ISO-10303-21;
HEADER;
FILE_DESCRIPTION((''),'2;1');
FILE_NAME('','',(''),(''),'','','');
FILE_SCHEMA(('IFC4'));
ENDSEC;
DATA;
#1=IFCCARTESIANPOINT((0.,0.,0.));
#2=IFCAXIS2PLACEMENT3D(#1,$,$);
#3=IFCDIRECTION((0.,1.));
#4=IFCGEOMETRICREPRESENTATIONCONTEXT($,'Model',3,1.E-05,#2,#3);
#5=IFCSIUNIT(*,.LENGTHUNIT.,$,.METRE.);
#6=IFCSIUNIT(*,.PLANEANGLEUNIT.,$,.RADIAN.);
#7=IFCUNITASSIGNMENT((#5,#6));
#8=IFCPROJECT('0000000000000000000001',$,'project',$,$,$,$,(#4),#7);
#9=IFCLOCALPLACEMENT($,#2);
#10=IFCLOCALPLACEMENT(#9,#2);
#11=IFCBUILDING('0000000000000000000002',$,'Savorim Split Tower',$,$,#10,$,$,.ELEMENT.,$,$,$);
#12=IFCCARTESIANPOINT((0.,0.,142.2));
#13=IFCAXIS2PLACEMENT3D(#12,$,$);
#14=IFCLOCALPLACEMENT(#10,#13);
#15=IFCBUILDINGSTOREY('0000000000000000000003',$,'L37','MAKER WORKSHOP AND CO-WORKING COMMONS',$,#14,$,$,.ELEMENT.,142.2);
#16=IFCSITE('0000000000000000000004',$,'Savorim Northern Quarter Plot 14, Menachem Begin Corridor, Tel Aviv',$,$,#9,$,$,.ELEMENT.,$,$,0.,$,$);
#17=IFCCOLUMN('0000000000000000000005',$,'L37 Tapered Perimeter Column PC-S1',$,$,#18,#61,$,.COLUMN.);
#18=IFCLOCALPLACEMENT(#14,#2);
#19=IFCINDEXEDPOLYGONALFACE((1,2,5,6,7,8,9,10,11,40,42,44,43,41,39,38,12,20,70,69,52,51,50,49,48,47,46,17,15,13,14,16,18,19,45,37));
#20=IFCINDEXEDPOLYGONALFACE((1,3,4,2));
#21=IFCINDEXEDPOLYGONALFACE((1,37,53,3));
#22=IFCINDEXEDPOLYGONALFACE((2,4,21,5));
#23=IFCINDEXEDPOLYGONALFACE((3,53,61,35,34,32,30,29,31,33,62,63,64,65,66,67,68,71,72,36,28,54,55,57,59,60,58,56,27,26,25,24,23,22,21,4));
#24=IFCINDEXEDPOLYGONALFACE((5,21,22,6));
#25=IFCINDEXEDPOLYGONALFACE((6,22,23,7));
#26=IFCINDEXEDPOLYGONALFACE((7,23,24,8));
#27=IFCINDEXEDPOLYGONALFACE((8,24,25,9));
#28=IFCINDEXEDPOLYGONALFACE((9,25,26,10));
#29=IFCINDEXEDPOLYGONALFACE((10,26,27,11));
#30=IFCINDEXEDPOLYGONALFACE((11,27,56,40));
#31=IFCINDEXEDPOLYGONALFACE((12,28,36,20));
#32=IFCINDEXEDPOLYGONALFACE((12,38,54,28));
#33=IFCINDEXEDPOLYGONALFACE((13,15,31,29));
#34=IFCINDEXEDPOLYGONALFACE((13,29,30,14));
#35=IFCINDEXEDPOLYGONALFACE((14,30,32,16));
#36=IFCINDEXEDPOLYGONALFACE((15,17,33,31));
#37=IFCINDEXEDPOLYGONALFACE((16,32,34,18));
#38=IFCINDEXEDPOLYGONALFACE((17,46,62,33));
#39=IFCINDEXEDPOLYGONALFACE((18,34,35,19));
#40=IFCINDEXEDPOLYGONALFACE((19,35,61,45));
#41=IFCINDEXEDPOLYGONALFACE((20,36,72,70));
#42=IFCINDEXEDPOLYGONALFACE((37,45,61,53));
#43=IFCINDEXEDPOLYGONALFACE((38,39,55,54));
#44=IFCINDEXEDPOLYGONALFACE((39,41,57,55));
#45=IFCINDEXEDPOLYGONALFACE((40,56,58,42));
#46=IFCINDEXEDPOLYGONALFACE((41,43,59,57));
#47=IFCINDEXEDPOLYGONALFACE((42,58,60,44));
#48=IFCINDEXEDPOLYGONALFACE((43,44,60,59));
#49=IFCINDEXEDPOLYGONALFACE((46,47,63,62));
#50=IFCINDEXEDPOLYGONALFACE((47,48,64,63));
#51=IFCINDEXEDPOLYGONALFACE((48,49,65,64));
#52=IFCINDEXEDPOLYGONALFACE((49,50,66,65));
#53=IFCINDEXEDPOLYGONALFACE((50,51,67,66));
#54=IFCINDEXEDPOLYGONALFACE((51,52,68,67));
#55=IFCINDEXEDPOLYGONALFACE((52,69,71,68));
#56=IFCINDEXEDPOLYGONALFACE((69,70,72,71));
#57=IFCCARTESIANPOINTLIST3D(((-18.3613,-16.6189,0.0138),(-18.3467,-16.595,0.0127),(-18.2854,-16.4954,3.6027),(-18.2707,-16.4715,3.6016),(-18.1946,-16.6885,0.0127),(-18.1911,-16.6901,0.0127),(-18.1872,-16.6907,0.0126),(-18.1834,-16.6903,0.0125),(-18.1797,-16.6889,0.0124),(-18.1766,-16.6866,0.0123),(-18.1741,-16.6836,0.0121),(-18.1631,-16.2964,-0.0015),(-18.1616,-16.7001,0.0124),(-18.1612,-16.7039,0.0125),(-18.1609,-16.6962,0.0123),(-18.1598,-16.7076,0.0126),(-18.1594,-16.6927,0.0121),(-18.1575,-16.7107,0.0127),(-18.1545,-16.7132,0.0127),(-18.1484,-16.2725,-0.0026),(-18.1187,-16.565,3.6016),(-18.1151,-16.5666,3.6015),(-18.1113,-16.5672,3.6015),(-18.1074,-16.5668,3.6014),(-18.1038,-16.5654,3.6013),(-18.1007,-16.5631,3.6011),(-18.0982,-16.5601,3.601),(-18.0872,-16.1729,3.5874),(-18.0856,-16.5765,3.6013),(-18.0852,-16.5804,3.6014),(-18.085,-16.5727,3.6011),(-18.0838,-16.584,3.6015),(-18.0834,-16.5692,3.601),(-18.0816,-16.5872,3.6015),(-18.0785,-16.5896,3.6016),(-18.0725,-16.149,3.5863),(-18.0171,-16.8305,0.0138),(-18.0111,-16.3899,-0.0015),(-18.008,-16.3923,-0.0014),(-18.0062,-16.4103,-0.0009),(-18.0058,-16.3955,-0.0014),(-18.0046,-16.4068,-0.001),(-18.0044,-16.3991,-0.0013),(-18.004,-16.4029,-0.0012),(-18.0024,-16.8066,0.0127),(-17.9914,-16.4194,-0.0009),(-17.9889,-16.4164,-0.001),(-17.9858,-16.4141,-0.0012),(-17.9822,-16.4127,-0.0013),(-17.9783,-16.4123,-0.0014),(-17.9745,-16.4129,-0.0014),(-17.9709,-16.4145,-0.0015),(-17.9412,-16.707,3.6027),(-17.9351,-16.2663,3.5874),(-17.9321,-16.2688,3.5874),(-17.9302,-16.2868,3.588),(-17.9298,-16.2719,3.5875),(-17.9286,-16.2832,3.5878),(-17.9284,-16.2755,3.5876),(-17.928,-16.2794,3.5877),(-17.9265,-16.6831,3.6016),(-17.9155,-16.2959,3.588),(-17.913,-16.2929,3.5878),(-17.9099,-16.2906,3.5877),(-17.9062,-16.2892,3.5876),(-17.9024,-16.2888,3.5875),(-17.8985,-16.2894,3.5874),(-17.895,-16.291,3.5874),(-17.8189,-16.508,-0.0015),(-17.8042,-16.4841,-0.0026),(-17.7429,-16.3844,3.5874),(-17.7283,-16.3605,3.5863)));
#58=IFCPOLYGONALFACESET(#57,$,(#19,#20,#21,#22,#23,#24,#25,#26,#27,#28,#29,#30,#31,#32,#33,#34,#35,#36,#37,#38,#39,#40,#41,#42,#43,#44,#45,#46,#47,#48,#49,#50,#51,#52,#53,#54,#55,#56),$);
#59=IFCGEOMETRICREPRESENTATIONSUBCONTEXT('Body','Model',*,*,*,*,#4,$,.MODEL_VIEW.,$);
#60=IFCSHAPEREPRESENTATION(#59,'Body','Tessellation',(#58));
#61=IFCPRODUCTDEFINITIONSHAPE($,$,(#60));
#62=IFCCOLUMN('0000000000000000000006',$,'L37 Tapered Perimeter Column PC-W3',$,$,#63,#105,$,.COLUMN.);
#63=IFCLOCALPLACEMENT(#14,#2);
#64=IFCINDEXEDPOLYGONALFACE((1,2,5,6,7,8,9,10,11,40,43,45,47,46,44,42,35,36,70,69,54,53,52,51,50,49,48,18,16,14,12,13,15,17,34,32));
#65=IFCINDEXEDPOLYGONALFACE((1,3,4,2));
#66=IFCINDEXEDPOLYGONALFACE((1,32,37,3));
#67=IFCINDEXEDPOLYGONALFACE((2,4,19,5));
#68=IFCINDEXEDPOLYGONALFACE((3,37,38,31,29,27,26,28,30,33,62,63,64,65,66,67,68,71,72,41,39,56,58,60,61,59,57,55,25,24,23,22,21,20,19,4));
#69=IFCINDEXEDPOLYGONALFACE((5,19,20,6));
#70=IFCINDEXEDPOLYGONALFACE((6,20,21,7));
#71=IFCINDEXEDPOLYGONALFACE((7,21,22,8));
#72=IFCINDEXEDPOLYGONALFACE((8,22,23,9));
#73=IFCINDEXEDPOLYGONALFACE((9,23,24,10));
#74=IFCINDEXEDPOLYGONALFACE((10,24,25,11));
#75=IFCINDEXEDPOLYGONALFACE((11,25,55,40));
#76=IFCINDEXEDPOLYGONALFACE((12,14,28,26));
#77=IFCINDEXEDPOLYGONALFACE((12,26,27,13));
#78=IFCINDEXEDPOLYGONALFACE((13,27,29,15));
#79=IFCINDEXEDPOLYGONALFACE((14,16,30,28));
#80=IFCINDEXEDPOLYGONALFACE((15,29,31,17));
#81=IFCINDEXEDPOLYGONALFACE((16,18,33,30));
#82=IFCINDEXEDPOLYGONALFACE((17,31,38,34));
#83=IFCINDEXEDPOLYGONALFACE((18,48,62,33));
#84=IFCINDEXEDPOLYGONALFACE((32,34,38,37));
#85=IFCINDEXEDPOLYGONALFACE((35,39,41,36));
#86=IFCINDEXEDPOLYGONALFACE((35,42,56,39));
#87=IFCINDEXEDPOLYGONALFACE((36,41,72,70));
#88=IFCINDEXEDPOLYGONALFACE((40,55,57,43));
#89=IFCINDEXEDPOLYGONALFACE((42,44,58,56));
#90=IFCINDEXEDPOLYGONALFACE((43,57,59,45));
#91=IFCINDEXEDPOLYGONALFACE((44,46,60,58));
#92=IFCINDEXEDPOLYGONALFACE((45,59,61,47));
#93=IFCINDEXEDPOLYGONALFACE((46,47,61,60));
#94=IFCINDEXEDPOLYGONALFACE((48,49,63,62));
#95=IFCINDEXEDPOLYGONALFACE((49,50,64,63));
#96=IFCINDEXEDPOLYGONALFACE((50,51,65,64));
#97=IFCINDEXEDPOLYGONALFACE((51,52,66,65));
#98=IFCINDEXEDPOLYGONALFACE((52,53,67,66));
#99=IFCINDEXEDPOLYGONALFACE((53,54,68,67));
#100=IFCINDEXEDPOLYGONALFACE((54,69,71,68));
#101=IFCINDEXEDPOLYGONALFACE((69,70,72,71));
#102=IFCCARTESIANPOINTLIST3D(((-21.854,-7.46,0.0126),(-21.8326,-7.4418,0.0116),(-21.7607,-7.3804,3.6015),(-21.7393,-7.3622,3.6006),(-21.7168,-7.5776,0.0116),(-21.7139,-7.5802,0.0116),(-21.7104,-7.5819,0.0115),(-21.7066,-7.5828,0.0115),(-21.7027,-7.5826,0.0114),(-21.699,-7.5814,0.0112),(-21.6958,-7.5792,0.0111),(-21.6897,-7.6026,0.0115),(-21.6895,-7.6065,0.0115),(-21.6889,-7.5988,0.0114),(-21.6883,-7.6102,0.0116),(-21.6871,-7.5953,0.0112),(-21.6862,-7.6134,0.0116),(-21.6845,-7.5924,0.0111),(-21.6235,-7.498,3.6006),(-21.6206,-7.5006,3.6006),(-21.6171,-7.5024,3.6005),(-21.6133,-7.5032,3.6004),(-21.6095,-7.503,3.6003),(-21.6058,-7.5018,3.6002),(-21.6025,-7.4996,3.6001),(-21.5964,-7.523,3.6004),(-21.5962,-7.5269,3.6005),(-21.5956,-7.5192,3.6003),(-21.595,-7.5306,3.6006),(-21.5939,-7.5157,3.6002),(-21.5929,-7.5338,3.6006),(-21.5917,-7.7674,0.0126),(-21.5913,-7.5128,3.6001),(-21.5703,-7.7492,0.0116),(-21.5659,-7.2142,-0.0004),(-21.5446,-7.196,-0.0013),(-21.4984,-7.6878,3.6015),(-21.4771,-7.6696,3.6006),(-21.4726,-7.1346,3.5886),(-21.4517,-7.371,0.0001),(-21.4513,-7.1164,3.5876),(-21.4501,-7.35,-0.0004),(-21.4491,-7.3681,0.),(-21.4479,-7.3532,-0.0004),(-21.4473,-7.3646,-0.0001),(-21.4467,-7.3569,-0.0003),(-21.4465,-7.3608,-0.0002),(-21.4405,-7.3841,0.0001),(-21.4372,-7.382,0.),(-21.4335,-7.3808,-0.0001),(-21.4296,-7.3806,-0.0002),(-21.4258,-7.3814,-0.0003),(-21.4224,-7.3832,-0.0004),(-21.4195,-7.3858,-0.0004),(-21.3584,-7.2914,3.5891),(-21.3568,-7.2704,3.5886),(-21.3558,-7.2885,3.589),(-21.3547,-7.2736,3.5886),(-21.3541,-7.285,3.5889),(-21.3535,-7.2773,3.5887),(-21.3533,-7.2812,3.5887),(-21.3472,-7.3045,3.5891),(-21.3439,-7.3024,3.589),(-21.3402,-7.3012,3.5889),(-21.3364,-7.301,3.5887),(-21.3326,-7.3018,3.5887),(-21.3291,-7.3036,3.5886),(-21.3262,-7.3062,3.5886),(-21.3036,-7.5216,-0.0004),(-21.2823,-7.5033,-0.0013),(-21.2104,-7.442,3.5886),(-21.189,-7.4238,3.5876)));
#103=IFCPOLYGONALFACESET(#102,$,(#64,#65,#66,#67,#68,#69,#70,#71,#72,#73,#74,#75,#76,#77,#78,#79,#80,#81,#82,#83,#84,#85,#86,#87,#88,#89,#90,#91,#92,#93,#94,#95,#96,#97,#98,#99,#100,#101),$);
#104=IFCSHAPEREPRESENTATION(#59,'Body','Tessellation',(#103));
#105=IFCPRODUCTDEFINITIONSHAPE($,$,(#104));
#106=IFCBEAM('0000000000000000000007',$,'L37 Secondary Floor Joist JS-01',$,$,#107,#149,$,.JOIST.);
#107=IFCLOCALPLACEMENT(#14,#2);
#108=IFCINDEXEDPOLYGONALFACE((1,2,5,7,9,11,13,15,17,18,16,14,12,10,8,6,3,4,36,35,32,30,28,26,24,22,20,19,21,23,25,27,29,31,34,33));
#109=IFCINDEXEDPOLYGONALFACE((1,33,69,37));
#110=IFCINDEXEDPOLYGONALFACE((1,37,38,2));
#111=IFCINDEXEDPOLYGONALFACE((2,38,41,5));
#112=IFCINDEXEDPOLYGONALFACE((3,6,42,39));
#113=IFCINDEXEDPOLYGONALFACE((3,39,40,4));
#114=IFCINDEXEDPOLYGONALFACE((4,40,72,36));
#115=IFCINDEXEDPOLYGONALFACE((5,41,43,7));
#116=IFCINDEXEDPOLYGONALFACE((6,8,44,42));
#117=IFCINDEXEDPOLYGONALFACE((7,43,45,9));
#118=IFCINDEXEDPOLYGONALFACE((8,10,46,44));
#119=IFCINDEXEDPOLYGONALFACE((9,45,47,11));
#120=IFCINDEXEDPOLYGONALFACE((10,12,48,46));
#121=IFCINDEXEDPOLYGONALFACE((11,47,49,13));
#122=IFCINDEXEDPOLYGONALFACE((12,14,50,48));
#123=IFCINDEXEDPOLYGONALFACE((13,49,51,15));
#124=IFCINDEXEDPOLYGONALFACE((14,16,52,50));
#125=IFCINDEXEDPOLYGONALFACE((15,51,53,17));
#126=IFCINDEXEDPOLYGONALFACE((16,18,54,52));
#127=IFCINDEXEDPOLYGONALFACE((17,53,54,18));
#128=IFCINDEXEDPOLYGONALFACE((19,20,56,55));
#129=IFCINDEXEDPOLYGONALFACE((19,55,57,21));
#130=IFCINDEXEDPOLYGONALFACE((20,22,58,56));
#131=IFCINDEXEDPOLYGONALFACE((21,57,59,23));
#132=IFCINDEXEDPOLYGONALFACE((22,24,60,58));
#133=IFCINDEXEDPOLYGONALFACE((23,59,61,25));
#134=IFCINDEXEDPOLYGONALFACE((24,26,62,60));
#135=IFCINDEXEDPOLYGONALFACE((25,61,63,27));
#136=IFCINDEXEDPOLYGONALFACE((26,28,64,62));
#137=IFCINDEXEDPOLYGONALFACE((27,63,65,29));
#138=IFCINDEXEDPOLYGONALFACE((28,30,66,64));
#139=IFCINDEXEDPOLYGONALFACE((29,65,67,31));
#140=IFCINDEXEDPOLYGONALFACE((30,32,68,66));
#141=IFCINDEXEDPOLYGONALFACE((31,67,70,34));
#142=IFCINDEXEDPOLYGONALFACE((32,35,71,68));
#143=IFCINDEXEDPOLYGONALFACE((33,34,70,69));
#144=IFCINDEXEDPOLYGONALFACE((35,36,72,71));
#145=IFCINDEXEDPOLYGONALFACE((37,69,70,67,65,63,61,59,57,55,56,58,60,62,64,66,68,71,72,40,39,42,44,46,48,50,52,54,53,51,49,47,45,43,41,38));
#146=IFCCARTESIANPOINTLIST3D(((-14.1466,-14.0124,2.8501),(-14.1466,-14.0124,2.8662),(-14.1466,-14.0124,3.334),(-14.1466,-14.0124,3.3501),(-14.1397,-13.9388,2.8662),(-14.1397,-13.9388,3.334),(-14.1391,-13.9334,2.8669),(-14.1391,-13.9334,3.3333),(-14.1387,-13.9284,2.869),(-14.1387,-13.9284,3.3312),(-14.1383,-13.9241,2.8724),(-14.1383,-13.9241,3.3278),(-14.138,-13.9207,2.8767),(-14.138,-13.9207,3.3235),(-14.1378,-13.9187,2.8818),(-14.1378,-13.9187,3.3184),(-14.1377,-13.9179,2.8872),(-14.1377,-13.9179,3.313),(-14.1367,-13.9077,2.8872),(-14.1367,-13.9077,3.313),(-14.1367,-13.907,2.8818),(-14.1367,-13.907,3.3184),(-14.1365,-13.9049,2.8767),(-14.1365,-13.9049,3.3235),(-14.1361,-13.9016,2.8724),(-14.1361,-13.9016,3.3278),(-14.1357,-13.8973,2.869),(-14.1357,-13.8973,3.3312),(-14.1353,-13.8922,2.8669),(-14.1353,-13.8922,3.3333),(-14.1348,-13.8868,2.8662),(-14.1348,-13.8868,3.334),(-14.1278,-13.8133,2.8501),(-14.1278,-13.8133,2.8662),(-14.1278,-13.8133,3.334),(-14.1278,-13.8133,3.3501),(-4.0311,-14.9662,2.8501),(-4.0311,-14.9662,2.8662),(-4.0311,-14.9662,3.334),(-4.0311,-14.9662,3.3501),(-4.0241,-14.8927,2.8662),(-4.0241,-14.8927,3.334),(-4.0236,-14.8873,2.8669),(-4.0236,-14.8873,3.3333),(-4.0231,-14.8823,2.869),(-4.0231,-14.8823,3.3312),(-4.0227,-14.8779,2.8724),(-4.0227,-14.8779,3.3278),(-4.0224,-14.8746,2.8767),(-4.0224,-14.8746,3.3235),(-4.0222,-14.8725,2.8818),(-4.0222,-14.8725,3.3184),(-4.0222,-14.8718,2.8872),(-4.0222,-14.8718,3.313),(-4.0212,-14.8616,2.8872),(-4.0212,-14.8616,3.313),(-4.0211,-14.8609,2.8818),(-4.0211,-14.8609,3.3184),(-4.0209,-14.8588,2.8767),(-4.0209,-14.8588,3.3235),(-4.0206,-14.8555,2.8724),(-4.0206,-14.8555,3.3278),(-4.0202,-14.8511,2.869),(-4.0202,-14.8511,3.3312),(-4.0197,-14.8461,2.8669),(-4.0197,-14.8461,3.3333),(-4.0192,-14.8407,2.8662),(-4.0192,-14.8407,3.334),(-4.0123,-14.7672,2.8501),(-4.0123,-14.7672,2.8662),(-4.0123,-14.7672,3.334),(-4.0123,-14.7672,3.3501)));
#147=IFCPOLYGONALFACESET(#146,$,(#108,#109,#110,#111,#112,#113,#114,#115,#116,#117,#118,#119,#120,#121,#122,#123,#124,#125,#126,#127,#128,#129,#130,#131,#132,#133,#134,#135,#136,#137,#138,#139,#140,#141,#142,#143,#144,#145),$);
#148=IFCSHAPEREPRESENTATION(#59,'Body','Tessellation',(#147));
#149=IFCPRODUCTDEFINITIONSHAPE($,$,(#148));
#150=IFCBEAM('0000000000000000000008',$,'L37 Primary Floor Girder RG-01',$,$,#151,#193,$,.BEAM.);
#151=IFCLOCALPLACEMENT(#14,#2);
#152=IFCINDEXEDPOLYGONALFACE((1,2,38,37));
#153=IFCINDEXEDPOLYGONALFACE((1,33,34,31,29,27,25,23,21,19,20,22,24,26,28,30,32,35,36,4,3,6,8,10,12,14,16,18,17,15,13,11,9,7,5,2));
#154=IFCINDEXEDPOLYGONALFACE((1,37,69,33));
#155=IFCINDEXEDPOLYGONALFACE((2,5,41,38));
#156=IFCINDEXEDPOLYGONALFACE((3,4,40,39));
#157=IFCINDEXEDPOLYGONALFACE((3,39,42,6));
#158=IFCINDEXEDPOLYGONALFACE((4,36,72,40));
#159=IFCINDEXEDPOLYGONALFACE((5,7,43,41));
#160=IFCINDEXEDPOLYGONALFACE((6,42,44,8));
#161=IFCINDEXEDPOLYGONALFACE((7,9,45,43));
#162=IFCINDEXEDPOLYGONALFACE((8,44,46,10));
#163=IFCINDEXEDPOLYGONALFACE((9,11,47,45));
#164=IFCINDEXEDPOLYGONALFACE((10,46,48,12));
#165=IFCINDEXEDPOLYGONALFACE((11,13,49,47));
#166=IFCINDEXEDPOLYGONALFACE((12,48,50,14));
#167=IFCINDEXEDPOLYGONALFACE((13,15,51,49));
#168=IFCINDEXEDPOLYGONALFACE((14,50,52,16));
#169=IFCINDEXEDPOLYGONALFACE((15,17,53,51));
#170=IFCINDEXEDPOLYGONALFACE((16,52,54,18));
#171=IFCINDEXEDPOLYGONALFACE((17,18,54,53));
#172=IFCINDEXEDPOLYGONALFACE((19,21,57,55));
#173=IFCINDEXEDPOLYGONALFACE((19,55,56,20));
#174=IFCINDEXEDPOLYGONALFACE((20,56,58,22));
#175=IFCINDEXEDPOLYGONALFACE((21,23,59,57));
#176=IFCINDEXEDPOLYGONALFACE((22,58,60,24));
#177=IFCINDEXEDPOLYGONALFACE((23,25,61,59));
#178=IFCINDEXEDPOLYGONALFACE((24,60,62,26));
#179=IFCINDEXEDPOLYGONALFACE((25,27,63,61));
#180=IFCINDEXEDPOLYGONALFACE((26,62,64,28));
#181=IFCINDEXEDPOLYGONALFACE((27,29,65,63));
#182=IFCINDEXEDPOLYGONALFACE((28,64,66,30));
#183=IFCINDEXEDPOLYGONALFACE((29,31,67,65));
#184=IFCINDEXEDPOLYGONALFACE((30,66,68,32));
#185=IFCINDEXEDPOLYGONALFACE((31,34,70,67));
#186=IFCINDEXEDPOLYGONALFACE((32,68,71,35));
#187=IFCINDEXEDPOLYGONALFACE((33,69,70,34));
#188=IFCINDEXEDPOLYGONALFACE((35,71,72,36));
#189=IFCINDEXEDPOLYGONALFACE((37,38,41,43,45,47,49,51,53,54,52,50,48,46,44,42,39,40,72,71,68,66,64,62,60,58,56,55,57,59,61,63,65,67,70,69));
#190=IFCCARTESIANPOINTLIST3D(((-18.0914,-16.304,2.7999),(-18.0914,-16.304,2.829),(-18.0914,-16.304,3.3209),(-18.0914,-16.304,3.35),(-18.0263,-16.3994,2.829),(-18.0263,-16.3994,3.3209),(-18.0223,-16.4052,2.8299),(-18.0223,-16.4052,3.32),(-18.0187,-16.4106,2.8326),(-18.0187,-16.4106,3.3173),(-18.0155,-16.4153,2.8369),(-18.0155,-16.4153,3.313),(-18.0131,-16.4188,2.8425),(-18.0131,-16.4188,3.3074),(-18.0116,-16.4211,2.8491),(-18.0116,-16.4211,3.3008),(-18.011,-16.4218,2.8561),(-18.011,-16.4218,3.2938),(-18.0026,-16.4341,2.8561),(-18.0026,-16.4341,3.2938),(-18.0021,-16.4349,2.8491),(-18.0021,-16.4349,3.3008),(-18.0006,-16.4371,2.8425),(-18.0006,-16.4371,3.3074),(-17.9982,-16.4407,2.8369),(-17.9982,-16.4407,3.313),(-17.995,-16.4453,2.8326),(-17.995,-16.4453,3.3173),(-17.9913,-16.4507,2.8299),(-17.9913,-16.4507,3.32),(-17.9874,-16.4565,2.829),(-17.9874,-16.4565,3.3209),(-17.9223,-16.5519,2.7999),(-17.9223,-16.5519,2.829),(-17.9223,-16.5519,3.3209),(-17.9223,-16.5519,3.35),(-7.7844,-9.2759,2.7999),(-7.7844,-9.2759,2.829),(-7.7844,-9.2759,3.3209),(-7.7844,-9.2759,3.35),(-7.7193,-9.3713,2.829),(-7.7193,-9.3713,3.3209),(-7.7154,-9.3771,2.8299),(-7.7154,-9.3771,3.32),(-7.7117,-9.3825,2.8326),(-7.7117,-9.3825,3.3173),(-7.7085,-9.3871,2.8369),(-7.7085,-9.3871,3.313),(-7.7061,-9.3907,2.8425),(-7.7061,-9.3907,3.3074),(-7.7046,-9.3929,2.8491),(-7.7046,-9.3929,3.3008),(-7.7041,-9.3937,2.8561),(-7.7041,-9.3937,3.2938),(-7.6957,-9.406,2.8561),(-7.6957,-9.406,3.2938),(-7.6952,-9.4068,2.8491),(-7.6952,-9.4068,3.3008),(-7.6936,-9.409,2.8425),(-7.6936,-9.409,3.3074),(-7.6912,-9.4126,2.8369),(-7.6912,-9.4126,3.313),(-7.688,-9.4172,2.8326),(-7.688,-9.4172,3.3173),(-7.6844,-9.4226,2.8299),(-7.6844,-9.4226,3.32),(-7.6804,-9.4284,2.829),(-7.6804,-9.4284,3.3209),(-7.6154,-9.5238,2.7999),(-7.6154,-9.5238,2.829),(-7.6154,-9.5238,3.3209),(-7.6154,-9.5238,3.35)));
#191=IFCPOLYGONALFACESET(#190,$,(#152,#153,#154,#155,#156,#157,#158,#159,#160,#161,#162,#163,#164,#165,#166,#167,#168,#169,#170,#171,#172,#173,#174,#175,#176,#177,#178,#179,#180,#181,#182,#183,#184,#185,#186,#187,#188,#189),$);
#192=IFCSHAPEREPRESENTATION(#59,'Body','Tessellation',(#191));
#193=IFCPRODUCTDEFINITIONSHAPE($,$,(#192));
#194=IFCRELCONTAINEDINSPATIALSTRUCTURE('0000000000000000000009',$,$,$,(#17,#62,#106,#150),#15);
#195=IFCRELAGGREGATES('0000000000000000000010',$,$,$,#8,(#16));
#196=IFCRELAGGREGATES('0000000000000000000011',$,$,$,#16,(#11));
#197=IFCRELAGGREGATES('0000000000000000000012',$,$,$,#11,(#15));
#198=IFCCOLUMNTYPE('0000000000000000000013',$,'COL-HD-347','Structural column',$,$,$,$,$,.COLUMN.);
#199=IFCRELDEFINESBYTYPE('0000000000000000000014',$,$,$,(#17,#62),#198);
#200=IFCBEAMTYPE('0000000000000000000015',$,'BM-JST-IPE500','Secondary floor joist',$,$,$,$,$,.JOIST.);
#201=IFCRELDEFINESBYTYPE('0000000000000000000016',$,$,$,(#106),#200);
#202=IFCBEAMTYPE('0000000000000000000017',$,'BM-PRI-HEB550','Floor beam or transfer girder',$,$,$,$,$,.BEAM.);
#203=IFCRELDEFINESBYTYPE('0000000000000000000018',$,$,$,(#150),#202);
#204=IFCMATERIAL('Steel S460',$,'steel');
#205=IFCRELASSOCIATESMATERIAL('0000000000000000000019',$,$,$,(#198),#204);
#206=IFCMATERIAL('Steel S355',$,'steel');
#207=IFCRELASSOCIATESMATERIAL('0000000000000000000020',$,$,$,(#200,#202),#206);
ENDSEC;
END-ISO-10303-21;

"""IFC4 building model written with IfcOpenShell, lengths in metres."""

from ifc_helpers import new_model, si_unit, direction, frame, origin, origin_2d, place, context, subcontext, project, spatial, i_section, extrude, material, material_profile, profile_set, type_object, element, save


model = new_model("IFC4")

# Units and contexts
model_context = context("Model", 3, precision=1e-05, world=origin(), true_north=direction((0.0, 1.0)))
body_context = subcontext(model_context, "Body", "Model", "MODEL_VIEW")
ifc_project = project(units=[si_unit("LENGTHUNIT", "METRE"), si_unit("PLANEANGLEUNIT", "RADIAN")], contexts=[model_context])

# Site, building, storey
site_placement = place(None, origin())
site = spatial("IfcSite", under=ifc_project, at=site_placement, Name="Savorim Northern Quarter Plot 14, Menachem Begin Corridor, Tel Aviv", CompositionType="ELEMENT", RefElevation=0.0)
building_placement = place(site_placement, origin())
building = spatial("IfcBuilding", under=site, at=building_placement, Name="Savorim Split Tower", CompositionType="ELEMENT")
storey_placement = place(building_placement, frame((0.0, 0.0, 142.2)))
storey = spatial("IfcBuildingStorey", under=building, at=storey_placement, Name="L37", Description="MAKER WORKSHOP AND CO-WORKING COMMONS", CompositionType="ELEMENT", Elevation=142.2)

# Columns
ifc_material_1 = material(Name="Steel S460", Category="steel")
ifc_material_profile_1 = material_profile(ifc_material_1, i_section(OverallWidth=0.4041, OverallDepth=0.407, WebThickness=0.0173, FlangeThickness=0.0281, FilletRadius=0.0149, at=origin_2d()), Name="HD 400x347")
ifc_profile_set_1 = profile_set([ifc_material_profile_1], Name="Steel S460")
column_type = type_object("IfcColumnType", Name="COL-HD-347", Description="Structural column", PredefinedType="COLUMN", material=ifc_profile_set_1)
column_1_placement = place(storey_placement, frame((-18.0828, -16.5515, 0.0056), z_axis=(0.021139, 0.034394, 0.999185), x_axis=(-0.851947, 0.523628, 0.0)))
element("IfcColumn", 1, at=column_1_placement, inside=storey, type_object=column_type, Name="L37 Tapered Perimeter Column PC-S1", PredefinedType="COLUMN", context=body_context, shape_type="SweptSolid", body=[
    extrude(i_section(OverallWidth=0.4041, OverallDepth=0.407, WebThickness=0.0173, FlangeThickness=0.0281, FilletRadius=0.0149, at=origin_2d()), origin(), (0.0, 0.0, 1.0), 3.5918),
])
column_2_placement = place(storey_placement, frame((-21.5681, -7.4817, 0.0056), z_axis=(0.025971, 0.022164, 0.999417), x_axis=(-0.64915, 0.76066, 0.0)))
element("IfcColumn", 2, at=column_2_placement, inside=storey, type_object=column_type, Name="L37 Tapered Perimeter Column PC-W3", PredefinedType="COLUMN", context=body_context, shape_type="SweptSolid", body=[
    extrude(i_section(OverallWidth=0.4041, OverallDepth=0.407, WebThickness=0.0173, FlangeThickness=0.0281, FilletRadius=0.0149, at=origin_2d()), origin(), (0.0, 0.0, 1.0), 3.5911),
])

# Beams
ifc_material_2 = material(Name="Steel S355", Category="steel")
ifc_material_profile_2 = material_profile(ifc_material_2, i_section(OverallWidth=0.2, OverallDepth=0.5, WebThickness=0.0103, FlangeThickness=0.0161, FilletRadius=0.021, at=origin_2d()), Name="IPE 500")
ifc_profile_set_2 = profile_set([ifc_material_profile_2], Name="Steel S355")
beam_type_1 = type_object("IfcBeamType", Name="BM-JST-IPE500", Description="Secondary floor joist", PredefinedType="JOIST", material=ifc_profile_set_2)
beam_1_placement = place(storey_placement, frame((-14.1372, -13.9128, 3.1001), z_axis=(0.995583, -0.09388, 0.0), x_axis=(0.09388, 0.995583, 0.0)))
element("IfcBeam", 3, at=beam_1_placement, inside=storey, type_object=beam_type_1, Name="L37 Secondary Floor Joist JS-01", PredefinedType="JOIST", context=body_context, shape_type="SweptSolid", body=[
    extrude(i_section(OverallWidth=0.2, OverallDepth=0.5, WebThickness=0.0103, FlangeThickness=0.0161, FilletRadius=0.021, at=origin_2d()), origin(), (0.0, 0.0, 1.0), 10.1604),
])
ifc_material_profile_3 = material_profile(ifc_material_2, i_section(OverallWidth=0.3, OverallDepth=0.55, WebThickness=0.0149, FlangeThickness=0.0291, FilletRadius=0.0271, at=origin_2d()), Name="HEB 550")
ifc_profile_set_3 = profile_set([ifc_material_profile_3], Name="Steel S355")
beam_type_2 = type_object("IfcBeamType", Name="BM-PRI-HEB550", Description="Floor beam or transfer girder", PredefinedType="BEAM", material=ifc_profile_set_3)
beam_2_placement = place(storey_placement, frame((-18.0068, -16.428, 3.075), z_axis=(0.826203, 0.563373, 0.0), x_axis=(-0.563373, 0.826203, 0.0)))
element("IfcBeam", 4, at=beam_2_placement, inside=storey, type_object=beam_type_2, Name="L37 Primary Floor Girder RG-01", PredefinedType="BEAM", context=body_context, shape_type="SweptSolid", body=[
    extrude(i_section(OverallWidth=0.3, OverallDepth=0.55, WebThickness=0.0149, FlangeThickness=0.0291, FilletRadius=0.0271, at=origin_2d()), origin(), (0.0, 0.0, 1.0), 12.4751),
])

save(model, "model.ifc")
